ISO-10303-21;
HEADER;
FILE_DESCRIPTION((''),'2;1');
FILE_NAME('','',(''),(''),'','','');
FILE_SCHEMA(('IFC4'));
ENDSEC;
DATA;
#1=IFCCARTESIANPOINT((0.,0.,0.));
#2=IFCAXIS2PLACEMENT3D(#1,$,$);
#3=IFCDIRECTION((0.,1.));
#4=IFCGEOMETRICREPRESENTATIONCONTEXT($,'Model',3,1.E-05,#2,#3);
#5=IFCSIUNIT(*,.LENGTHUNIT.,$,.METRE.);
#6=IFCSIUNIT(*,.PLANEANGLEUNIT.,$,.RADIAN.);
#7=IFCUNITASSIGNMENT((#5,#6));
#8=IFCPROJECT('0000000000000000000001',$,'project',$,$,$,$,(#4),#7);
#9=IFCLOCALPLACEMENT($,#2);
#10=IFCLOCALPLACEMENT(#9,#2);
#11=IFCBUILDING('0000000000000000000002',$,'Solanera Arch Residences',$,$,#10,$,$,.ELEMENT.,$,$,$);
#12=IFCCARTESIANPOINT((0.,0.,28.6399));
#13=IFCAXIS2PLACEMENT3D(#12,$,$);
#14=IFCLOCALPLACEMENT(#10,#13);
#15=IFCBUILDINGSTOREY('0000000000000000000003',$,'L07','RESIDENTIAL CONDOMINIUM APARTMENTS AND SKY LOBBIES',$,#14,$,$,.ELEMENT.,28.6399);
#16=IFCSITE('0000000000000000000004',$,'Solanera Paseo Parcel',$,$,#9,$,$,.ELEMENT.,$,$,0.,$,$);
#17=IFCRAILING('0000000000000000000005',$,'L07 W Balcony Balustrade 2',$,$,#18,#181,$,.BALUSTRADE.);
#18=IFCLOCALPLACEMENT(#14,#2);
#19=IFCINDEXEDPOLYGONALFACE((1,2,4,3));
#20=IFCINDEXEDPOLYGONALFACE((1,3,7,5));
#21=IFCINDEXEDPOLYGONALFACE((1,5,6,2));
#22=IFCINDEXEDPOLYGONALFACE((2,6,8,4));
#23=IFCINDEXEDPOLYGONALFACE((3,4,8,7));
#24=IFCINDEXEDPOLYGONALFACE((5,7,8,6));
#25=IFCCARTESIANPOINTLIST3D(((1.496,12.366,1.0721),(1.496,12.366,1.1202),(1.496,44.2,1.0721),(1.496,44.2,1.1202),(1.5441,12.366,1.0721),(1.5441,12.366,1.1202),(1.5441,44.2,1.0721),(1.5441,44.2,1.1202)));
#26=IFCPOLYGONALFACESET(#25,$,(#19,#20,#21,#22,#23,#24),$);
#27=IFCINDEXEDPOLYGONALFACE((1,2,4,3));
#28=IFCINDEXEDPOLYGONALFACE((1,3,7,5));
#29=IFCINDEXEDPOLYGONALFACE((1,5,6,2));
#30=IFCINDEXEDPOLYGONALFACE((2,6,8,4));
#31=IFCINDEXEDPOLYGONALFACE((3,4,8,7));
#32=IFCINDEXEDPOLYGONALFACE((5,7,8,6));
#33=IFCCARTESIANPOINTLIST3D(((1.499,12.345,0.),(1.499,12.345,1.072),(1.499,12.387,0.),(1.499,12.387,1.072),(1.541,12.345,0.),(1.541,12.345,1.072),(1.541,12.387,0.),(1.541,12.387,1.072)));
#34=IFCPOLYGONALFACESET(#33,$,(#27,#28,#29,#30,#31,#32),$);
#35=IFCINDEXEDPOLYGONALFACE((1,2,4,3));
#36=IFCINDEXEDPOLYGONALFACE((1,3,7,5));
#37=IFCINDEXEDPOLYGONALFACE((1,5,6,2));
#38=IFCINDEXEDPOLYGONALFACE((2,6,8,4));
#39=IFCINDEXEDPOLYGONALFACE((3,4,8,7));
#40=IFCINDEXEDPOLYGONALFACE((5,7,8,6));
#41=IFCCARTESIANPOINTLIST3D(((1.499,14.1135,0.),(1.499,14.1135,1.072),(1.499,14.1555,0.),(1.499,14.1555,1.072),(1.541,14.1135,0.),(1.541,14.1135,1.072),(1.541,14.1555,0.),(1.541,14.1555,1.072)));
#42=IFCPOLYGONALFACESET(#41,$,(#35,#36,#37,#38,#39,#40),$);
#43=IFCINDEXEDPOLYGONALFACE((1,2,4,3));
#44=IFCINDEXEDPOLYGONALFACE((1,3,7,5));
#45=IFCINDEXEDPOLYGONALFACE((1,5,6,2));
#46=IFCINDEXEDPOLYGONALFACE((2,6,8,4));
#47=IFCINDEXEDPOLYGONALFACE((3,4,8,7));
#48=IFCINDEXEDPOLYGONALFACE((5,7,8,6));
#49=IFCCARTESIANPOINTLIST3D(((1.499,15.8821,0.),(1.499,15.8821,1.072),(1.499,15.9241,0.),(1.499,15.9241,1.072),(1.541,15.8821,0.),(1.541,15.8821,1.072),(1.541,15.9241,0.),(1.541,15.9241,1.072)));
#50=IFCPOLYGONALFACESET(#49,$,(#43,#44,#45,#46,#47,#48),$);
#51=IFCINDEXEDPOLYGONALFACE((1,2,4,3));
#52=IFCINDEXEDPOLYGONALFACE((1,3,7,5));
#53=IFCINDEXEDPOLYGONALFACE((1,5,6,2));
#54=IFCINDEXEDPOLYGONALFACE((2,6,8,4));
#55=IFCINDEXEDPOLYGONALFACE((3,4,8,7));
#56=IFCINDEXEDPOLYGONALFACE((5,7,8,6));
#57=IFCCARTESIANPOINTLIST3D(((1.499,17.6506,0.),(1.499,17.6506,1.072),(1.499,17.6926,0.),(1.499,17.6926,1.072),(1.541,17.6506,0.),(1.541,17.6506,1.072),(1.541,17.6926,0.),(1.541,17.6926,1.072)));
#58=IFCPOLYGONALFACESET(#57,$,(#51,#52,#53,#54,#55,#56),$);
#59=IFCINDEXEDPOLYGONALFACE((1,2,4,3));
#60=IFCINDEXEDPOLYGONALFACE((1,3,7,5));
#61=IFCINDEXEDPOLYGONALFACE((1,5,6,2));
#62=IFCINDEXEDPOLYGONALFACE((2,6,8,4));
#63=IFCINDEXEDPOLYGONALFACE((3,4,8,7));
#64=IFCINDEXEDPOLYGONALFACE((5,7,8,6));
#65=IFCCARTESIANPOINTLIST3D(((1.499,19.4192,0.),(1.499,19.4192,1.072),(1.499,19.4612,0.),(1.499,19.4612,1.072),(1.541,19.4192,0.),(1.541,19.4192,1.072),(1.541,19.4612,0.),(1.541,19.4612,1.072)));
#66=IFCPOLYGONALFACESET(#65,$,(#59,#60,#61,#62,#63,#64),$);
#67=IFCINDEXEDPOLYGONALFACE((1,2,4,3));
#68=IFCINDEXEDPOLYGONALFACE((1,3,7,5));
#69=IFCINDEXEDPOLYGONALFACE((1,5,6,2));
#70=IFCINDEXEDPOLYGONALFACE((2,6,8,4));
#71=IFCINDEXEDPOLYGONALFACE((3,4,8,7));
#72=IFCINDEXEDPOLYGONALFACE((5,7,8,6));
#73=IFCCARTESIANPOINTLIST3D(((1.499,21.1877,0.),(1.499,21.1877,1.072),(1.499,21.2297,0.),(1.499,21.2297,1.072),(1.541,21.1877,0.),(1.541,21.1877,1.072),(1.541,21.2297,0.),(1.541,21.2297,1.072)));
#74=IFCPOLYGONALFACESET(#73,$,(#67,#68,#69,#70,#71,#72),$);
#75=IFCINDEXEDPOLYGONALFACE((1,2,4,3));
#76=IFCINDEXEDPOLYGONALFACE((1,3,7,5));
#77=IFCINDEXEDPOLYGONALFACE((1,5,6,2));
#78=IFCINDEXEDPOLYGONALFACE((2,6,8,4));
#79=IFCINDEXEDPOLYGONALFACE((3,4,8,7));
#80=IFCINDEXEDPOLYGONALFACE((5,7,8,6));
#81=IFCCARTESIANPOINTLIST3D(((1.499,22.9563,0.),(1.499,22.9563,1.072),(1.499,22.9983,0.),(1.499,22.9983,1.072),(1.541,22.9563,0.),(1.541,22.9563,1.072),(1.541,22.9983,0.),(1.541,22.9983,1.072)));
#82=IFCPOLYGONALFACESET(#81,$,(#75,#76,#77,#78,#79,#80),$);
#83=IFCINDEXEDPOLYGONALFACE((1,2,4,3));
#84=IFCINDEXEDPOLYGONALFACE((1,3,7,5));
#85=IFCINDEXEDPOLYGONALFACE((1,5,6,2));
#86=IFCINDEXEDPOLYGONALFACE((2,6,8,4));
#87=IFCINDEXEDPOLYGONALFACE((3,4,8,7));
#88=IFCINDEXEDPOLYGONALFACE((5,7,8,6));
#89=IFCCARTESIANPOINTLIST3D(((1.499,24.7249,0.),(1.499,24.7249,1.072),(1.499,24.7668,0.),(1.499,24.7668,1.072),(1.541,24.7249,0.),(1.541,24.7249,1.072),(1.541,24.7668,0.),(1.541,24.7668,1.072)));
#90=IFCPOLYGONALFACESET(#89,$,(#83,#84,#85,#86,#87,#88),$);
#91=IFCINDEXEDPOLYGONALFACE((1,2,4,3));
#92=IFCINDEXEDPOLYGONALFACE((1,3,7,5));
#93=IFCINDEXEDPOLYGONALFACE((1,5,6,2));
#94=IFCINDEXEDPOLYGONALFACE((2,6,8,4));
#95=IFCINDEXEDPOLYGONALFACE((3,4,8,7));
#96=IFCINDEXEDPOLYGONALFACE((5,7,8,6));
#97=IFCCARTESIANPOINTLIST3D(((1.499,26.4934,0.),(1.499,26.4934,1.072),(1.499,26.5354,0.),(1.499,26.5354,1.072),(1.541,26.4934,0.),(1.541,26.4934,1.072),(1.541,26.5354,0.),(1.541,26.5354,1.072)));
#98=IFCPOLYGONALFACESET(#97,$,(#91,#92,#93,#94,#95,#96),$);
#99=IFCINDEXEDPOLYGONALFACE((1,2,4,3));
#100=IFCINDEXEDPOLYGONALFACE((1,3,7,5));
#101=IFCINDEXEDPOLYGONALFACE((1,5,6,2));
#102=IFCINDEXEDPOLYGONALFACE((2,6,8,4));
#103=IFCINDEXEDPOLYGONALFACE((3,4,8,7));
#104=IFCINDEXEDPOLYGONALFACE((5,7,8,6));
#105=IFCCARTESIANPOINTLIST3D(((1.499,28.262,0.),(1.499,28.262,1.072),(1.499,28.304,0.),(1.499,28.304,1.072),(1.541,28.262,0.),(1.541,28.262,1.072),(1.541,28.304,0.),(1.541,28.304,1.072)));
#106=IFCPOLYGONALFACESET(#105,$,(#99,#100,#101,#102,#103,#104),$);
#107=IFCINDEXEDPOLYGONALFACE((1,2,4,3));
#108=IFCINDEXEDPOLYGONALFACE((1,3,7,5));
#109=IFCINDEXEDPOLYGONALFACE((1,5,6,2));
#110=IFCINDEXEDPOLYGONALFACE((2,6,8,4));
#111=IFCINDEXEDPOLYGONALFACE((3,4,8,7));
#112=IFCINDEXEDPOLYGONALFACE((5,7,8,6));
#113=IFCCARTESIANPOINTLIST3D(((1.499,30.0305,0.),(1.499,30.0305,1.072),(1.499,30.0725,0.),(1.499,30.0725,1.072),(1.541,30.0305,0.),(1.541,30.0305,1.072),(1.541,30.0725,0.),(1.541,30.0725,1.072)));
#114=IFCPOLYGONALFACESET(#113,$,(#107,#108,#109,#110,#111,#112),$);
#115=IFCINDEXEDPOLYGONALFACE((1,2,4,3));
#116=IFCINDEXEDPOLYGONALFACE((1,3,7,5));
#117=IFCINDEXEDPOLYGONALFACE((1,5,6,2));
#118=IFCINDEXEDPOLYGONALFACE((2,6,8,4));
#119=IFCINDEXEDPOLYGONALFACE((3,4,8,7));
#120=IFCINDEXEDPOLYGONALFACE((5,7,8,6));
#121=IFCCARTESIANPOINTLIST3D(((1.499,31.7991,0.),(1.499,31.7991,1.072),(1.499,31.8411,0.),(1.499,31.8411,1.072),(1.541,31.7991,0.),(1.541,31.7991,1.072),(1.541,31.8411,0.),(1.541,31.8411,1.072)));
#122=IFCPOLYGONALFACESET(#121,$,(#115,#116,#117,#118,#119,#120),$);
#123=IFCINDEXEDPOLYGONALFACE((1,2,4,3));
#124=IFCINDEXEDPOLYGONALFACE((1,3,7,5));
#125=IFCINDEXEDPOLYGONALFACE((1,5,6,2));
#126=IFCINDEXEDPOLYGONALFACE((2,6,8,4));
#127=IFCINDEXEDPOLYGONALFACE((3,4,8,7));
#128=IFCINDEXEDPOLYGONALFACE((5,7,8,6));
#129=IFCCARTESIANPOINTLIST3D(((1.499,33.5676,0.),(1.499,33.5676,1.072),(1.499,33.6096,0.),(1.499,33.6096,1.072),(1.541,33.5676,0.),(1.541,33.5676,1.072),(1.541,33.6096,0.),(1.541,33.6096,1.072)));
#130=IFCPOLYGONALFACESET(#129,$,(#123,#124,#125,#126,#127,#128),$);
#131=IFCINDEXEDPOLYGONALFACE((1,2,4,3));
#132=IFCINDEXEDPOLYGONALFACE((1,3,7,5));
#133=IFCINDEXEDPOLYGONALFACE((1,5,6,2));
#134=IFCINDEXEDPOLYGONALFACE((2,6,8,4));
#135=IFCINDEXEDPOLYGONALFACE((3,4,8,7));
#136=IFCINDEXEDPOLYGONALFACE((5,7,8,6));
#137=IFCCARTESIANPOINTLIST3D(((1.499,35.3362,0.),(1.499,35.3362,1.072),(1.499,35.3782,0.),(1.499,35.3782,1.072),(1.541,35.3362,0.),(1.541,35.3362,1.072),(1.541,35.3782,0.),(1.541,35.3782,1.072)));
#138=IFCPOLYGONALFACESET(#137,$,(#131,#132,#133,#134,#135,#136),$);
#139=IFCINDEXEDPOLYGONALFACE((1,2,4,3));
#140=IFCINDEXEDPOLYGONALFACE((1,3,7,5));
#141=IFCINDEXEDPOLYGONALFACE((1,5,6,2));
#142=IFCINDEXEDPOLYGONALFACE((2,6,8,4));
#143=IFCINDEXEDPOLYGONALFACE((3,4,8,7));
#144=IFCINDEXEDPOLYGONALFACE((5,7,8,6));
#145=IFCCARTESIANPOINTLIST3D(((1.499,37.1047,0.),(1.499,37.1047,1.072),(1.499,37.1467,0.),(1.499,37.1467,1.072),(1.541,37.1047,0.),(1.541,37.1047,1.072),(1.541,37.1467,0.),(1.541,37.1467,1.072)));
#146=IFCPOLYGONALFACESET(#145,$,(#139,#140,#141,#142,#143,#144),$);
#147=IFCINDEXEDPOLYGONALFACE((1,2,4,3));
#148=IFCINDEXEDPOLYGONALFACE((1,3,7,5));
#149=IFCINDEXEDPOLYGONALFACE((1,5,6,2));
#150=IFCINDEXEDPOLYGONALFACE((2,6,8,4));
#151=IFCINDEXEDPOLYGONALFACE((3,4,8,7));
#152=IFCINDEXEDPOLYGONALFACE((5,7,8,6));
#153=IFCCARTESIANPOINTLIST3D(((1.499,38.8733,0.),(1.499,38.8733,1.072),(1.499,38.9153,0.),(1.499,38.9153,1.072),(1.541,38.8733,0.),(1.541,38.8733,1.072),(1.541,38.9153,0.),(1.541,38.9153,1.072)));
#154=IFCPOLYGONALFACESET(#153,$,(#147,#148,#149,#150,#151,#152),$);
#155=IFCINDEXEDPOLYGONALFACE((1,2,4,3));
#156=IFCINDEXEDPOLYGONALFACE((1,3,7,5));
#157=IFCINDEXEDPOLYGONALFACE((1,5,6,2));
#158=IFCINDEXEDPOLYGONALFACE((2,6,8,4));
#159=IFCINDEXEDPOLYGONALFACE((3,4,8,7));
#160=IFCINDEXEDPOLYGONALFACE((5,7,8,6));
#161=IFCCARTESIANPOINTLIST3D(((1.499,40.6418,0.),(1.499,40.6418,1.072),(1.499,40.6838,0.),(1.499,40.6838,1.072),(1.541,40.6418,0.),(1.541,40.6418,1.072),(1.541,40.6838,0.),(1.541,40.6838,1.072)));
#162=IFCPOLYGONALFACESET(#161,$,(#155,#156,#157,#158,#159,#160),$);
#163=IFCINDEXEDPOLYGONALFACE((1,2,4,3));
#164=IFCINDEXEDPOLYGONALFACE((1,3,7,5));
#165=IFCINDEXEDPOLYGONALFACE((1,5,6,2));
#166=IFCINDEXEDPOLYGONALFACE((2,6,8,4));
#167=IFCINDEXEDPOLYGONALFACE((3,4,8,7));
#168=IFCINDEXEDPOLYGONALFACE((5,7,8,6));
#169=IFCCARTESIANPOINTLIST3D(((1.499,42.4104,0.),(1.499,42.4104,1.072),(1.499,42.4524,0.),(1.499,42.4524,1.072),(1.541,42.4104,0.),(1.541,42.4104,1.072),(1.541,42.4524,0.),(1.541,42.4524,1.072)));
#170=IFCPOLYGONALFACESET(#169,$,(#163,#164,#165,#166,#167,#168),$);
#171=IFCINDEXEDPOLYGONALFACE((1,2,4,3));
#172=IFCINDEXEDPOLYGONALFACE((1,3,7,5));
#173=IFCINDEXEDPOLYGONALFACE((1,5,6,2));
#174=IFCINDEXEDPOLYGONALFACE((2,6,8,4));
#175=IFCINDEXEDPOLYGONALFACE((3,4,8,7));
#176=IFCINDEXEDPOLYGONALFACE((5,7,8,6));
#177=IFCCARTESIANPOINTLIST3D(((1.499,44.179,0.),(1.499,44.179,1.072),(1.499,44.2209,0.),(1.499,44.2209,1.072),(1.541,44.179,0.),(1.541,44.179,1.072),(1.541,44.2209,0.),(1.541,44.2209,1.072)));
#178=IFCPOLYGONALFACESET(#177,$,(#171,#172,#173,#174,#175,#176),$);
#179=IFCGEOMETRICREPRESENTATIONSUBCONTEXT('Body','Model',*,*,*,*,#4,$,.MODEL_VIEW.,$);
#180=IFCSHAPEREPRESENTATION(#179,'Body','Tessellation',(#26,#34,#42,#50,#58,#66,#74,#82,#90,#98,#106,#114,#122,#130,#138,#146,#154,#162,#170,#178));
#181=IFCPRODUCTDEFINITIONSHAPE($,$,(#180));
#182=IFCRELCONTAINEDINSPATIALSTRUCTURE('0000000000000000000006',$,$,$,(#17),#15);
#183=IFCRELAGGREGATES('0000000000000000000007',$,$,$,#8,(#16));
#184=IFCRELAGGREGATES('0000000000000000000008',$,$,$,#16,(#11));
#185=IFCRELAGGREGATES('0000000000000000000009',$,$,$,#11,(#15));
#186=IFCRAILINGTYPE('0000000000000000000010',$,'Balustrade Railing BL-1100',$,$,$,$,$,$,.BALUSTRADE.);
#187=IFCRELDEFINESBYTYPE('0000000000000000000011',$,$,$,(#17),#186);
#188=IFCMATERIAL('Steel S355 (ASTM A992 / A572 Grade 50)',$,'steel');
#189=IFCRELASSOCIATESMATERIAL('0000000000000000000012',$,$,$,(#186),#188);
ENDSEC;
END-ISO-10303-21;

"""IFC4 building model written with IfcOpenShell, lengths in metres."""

from ifc_helpers import new_model, si_unit, direction, frame, origin, origin_2d, place, context, subcontext, project, spatial, rectangle, extrude, material, type_object, element, save


model = new_model("IFC4")

# Units and contexts
model_context = context("Model", 3, precision=1e-05, world=origin(), true_north=direction((0.0, 1.0)))
body_context = subcontext(model_context, "Body", "Model", "MODEL_VIEW")
ifc_project = project(units=[si_unit("LENGTHUNIT", "METRE"), si_unit("PLANEANGLEUNIT", "RADIAN")], contexts=[model_context])

# Site, building, storey
site_placement = place(None, origin())
site = spatial("IfcSite", under=ifc_project, at=site_placement, Name="Solanera Paseo Parcel", CompositionType="ELEMENT", RefElevation=0.0)
building_placement = place(site_placement, origin())
building = spatial("IfcBuilding", under=site, at=building_placement, Name="Solanera Arch Residences", CompositionType="ELEMENT")
storey_placement = place(building_placement, frame((0.0, 0.0, 28.6399)))
storey = spatial("IfcBuildingStorey", under=building, at=storey_placement, Name="L07", Description="RESIDENTIAL CONDOMINIUM APARTMENTS AND SKY LOBBIES", CompositionType="ELEMENT", Elevation=28.6399)

# Railing
ifc_material_1 = material(Name="Steel S355 (ASTM A992 / A572 Grade 50)", Category="steel")
railing_type = type_object("IfcRailingType", Name="Balustrade Railing BL-1100", PredefinedType="BALUSTRADE", material=ifc_material_1)
railing_placement = place(storey_placement, frame((1.52, 12.366, 0.0)))
element("IfcRailing", 1, at=railing_placement, inside=storey, type_object=railing_type, Name="L07 W Balcony Balustrade 2", PredefinedType="BALUSTRADE", context=body_context, shape_type="SweptSolid", body=[
    extrude(rectangle(XDim=0.0481, YDim=0.0481, at=origin_2d()), frame((0.0, 0.0, 1.0962), z_axis=(0.0, 1.0, 0.0), x_axis=(-1.0, 0.0, 0.0)), (0.0, 0.0, 1.0), 31.834),
    extrude(rectangle(XDim=0.042, YDim=0.042, at=origin_2d()), origin(), (0.0, 0.0, 1.0), 1.072),
    extrude(rectangle(XDim=0.042, YDim=0.042, at=origin_2d()), frame((0.0, 1.7686, 0.0)), (0.0, 0.0, 1.0), 1.072),
    extrude(rectangle(XDim=0.042, YDim=0.042, at=origin_2d()), frame((0.0, 3.5371, 0.0)), (0.0, 0.0, 1.0), 1.072),
    extrude(rectangle(XDim=0.042, YDim=0.042, at=origin_2d()), frame((0.0, 5.3057, 0.0)), (0.0, 0.0, 1.0), 1.072),
    extrude(rectangle(XDim=0.042, YDim=0.042, at=origin_2d()), frame((0.0, 7.0742, 0.0)), (0.0, 0.0, 1.0), 1.072),
    extrude(rectangle(XDim=0.042, YDim=0.042, at=origin_2d()), frame((0.0, 8.8428, 0.0)), (0.0, 0.0, 1.0), 1.072),
    extrude(rectangle(XDim=0.042, YDim=0.042, at=origin_2d()), frame((0.0, 10.6113, 0.0)), (0.0, 0.0, 1.0), 1.072),
    extrude(rectangle(XDim=0.042, YDim=0.042, at=origin_2d()), frame((0.0, 12.3799, 0.0)), (0.0, 0.0, 1.0), 1.072),
    extrude(rectangle(XDim=0.042, YDim=0.042, at=origin_2d()), frame((0.0, 14.1484, 0.0)), (0.0, 0.0, 1.0), 1.072),
    extrude(rectangle(XDim=0.042, YDim=0.042, at=origin_2d()), frame((0.0, 15.917, 0.0)), (0.0, 0.0, 1.0), 1.072),
    extrude(rectangle(XDim=0.042, YDim=0.042, at=origin_2d()), frame((0.0, 17.6855, 0.0)), (0.0, 0.0, 1.0), 1.072),
    extrude(rectangle(XDim=0.042, YDim=0.042, at=origin_2d()), frame((0.0, 19.4541, 0.0)), (0.0, 0.0, 1.0), 1.072),
    extrude(rectangle(XDim=0.042, YDim=0.042, at=origin_2d()), frame((0.0, 21.2227, 0.0)), (0.0, 0.0, 1.0), 1.072),
    extrude(rectangle(XDim=0.042, YDim=0.042, at=origin_2d()), frame((0.0, 22.9912, 0.0)), (0.0, 0.0, 1.0), 1.072),
    extrude(rectangle(XDim=0.042, YDim=0.042, at=origin_2d()), frame((0.0, 24.7598, 0.0)), (0.0, 0.0, 1.0), 1.072),
    extrude(rectangle(XDim=0.042, YDim=0.042, at=origin_2d()), frame((0.0, 26.5283, 0.0)), (0.0, 0.0, 1.0), 1.072),
    extrude(rectangle(XDim=0.042, YDim=0.042, at=origin_2d()), frame((0.0, 28.2969, 0.0)), (0.0, 0.0, 1.0), 1.072),
    extrude(rectangle(XDim=0.042, YDim=0.042, at=origin_2d()), frame((0.0, 30.0654, 0.0)), (0.0, 0.0, 1.0), 1.072),
    extrude(rectangle(XDim=0.042, YDim=0.042, at=origin_2d()), frame((0.0, 31.834, 0.0)), (0.0, 0.0, 1.0), 1.072),
])

save(model, "model.ifc")
